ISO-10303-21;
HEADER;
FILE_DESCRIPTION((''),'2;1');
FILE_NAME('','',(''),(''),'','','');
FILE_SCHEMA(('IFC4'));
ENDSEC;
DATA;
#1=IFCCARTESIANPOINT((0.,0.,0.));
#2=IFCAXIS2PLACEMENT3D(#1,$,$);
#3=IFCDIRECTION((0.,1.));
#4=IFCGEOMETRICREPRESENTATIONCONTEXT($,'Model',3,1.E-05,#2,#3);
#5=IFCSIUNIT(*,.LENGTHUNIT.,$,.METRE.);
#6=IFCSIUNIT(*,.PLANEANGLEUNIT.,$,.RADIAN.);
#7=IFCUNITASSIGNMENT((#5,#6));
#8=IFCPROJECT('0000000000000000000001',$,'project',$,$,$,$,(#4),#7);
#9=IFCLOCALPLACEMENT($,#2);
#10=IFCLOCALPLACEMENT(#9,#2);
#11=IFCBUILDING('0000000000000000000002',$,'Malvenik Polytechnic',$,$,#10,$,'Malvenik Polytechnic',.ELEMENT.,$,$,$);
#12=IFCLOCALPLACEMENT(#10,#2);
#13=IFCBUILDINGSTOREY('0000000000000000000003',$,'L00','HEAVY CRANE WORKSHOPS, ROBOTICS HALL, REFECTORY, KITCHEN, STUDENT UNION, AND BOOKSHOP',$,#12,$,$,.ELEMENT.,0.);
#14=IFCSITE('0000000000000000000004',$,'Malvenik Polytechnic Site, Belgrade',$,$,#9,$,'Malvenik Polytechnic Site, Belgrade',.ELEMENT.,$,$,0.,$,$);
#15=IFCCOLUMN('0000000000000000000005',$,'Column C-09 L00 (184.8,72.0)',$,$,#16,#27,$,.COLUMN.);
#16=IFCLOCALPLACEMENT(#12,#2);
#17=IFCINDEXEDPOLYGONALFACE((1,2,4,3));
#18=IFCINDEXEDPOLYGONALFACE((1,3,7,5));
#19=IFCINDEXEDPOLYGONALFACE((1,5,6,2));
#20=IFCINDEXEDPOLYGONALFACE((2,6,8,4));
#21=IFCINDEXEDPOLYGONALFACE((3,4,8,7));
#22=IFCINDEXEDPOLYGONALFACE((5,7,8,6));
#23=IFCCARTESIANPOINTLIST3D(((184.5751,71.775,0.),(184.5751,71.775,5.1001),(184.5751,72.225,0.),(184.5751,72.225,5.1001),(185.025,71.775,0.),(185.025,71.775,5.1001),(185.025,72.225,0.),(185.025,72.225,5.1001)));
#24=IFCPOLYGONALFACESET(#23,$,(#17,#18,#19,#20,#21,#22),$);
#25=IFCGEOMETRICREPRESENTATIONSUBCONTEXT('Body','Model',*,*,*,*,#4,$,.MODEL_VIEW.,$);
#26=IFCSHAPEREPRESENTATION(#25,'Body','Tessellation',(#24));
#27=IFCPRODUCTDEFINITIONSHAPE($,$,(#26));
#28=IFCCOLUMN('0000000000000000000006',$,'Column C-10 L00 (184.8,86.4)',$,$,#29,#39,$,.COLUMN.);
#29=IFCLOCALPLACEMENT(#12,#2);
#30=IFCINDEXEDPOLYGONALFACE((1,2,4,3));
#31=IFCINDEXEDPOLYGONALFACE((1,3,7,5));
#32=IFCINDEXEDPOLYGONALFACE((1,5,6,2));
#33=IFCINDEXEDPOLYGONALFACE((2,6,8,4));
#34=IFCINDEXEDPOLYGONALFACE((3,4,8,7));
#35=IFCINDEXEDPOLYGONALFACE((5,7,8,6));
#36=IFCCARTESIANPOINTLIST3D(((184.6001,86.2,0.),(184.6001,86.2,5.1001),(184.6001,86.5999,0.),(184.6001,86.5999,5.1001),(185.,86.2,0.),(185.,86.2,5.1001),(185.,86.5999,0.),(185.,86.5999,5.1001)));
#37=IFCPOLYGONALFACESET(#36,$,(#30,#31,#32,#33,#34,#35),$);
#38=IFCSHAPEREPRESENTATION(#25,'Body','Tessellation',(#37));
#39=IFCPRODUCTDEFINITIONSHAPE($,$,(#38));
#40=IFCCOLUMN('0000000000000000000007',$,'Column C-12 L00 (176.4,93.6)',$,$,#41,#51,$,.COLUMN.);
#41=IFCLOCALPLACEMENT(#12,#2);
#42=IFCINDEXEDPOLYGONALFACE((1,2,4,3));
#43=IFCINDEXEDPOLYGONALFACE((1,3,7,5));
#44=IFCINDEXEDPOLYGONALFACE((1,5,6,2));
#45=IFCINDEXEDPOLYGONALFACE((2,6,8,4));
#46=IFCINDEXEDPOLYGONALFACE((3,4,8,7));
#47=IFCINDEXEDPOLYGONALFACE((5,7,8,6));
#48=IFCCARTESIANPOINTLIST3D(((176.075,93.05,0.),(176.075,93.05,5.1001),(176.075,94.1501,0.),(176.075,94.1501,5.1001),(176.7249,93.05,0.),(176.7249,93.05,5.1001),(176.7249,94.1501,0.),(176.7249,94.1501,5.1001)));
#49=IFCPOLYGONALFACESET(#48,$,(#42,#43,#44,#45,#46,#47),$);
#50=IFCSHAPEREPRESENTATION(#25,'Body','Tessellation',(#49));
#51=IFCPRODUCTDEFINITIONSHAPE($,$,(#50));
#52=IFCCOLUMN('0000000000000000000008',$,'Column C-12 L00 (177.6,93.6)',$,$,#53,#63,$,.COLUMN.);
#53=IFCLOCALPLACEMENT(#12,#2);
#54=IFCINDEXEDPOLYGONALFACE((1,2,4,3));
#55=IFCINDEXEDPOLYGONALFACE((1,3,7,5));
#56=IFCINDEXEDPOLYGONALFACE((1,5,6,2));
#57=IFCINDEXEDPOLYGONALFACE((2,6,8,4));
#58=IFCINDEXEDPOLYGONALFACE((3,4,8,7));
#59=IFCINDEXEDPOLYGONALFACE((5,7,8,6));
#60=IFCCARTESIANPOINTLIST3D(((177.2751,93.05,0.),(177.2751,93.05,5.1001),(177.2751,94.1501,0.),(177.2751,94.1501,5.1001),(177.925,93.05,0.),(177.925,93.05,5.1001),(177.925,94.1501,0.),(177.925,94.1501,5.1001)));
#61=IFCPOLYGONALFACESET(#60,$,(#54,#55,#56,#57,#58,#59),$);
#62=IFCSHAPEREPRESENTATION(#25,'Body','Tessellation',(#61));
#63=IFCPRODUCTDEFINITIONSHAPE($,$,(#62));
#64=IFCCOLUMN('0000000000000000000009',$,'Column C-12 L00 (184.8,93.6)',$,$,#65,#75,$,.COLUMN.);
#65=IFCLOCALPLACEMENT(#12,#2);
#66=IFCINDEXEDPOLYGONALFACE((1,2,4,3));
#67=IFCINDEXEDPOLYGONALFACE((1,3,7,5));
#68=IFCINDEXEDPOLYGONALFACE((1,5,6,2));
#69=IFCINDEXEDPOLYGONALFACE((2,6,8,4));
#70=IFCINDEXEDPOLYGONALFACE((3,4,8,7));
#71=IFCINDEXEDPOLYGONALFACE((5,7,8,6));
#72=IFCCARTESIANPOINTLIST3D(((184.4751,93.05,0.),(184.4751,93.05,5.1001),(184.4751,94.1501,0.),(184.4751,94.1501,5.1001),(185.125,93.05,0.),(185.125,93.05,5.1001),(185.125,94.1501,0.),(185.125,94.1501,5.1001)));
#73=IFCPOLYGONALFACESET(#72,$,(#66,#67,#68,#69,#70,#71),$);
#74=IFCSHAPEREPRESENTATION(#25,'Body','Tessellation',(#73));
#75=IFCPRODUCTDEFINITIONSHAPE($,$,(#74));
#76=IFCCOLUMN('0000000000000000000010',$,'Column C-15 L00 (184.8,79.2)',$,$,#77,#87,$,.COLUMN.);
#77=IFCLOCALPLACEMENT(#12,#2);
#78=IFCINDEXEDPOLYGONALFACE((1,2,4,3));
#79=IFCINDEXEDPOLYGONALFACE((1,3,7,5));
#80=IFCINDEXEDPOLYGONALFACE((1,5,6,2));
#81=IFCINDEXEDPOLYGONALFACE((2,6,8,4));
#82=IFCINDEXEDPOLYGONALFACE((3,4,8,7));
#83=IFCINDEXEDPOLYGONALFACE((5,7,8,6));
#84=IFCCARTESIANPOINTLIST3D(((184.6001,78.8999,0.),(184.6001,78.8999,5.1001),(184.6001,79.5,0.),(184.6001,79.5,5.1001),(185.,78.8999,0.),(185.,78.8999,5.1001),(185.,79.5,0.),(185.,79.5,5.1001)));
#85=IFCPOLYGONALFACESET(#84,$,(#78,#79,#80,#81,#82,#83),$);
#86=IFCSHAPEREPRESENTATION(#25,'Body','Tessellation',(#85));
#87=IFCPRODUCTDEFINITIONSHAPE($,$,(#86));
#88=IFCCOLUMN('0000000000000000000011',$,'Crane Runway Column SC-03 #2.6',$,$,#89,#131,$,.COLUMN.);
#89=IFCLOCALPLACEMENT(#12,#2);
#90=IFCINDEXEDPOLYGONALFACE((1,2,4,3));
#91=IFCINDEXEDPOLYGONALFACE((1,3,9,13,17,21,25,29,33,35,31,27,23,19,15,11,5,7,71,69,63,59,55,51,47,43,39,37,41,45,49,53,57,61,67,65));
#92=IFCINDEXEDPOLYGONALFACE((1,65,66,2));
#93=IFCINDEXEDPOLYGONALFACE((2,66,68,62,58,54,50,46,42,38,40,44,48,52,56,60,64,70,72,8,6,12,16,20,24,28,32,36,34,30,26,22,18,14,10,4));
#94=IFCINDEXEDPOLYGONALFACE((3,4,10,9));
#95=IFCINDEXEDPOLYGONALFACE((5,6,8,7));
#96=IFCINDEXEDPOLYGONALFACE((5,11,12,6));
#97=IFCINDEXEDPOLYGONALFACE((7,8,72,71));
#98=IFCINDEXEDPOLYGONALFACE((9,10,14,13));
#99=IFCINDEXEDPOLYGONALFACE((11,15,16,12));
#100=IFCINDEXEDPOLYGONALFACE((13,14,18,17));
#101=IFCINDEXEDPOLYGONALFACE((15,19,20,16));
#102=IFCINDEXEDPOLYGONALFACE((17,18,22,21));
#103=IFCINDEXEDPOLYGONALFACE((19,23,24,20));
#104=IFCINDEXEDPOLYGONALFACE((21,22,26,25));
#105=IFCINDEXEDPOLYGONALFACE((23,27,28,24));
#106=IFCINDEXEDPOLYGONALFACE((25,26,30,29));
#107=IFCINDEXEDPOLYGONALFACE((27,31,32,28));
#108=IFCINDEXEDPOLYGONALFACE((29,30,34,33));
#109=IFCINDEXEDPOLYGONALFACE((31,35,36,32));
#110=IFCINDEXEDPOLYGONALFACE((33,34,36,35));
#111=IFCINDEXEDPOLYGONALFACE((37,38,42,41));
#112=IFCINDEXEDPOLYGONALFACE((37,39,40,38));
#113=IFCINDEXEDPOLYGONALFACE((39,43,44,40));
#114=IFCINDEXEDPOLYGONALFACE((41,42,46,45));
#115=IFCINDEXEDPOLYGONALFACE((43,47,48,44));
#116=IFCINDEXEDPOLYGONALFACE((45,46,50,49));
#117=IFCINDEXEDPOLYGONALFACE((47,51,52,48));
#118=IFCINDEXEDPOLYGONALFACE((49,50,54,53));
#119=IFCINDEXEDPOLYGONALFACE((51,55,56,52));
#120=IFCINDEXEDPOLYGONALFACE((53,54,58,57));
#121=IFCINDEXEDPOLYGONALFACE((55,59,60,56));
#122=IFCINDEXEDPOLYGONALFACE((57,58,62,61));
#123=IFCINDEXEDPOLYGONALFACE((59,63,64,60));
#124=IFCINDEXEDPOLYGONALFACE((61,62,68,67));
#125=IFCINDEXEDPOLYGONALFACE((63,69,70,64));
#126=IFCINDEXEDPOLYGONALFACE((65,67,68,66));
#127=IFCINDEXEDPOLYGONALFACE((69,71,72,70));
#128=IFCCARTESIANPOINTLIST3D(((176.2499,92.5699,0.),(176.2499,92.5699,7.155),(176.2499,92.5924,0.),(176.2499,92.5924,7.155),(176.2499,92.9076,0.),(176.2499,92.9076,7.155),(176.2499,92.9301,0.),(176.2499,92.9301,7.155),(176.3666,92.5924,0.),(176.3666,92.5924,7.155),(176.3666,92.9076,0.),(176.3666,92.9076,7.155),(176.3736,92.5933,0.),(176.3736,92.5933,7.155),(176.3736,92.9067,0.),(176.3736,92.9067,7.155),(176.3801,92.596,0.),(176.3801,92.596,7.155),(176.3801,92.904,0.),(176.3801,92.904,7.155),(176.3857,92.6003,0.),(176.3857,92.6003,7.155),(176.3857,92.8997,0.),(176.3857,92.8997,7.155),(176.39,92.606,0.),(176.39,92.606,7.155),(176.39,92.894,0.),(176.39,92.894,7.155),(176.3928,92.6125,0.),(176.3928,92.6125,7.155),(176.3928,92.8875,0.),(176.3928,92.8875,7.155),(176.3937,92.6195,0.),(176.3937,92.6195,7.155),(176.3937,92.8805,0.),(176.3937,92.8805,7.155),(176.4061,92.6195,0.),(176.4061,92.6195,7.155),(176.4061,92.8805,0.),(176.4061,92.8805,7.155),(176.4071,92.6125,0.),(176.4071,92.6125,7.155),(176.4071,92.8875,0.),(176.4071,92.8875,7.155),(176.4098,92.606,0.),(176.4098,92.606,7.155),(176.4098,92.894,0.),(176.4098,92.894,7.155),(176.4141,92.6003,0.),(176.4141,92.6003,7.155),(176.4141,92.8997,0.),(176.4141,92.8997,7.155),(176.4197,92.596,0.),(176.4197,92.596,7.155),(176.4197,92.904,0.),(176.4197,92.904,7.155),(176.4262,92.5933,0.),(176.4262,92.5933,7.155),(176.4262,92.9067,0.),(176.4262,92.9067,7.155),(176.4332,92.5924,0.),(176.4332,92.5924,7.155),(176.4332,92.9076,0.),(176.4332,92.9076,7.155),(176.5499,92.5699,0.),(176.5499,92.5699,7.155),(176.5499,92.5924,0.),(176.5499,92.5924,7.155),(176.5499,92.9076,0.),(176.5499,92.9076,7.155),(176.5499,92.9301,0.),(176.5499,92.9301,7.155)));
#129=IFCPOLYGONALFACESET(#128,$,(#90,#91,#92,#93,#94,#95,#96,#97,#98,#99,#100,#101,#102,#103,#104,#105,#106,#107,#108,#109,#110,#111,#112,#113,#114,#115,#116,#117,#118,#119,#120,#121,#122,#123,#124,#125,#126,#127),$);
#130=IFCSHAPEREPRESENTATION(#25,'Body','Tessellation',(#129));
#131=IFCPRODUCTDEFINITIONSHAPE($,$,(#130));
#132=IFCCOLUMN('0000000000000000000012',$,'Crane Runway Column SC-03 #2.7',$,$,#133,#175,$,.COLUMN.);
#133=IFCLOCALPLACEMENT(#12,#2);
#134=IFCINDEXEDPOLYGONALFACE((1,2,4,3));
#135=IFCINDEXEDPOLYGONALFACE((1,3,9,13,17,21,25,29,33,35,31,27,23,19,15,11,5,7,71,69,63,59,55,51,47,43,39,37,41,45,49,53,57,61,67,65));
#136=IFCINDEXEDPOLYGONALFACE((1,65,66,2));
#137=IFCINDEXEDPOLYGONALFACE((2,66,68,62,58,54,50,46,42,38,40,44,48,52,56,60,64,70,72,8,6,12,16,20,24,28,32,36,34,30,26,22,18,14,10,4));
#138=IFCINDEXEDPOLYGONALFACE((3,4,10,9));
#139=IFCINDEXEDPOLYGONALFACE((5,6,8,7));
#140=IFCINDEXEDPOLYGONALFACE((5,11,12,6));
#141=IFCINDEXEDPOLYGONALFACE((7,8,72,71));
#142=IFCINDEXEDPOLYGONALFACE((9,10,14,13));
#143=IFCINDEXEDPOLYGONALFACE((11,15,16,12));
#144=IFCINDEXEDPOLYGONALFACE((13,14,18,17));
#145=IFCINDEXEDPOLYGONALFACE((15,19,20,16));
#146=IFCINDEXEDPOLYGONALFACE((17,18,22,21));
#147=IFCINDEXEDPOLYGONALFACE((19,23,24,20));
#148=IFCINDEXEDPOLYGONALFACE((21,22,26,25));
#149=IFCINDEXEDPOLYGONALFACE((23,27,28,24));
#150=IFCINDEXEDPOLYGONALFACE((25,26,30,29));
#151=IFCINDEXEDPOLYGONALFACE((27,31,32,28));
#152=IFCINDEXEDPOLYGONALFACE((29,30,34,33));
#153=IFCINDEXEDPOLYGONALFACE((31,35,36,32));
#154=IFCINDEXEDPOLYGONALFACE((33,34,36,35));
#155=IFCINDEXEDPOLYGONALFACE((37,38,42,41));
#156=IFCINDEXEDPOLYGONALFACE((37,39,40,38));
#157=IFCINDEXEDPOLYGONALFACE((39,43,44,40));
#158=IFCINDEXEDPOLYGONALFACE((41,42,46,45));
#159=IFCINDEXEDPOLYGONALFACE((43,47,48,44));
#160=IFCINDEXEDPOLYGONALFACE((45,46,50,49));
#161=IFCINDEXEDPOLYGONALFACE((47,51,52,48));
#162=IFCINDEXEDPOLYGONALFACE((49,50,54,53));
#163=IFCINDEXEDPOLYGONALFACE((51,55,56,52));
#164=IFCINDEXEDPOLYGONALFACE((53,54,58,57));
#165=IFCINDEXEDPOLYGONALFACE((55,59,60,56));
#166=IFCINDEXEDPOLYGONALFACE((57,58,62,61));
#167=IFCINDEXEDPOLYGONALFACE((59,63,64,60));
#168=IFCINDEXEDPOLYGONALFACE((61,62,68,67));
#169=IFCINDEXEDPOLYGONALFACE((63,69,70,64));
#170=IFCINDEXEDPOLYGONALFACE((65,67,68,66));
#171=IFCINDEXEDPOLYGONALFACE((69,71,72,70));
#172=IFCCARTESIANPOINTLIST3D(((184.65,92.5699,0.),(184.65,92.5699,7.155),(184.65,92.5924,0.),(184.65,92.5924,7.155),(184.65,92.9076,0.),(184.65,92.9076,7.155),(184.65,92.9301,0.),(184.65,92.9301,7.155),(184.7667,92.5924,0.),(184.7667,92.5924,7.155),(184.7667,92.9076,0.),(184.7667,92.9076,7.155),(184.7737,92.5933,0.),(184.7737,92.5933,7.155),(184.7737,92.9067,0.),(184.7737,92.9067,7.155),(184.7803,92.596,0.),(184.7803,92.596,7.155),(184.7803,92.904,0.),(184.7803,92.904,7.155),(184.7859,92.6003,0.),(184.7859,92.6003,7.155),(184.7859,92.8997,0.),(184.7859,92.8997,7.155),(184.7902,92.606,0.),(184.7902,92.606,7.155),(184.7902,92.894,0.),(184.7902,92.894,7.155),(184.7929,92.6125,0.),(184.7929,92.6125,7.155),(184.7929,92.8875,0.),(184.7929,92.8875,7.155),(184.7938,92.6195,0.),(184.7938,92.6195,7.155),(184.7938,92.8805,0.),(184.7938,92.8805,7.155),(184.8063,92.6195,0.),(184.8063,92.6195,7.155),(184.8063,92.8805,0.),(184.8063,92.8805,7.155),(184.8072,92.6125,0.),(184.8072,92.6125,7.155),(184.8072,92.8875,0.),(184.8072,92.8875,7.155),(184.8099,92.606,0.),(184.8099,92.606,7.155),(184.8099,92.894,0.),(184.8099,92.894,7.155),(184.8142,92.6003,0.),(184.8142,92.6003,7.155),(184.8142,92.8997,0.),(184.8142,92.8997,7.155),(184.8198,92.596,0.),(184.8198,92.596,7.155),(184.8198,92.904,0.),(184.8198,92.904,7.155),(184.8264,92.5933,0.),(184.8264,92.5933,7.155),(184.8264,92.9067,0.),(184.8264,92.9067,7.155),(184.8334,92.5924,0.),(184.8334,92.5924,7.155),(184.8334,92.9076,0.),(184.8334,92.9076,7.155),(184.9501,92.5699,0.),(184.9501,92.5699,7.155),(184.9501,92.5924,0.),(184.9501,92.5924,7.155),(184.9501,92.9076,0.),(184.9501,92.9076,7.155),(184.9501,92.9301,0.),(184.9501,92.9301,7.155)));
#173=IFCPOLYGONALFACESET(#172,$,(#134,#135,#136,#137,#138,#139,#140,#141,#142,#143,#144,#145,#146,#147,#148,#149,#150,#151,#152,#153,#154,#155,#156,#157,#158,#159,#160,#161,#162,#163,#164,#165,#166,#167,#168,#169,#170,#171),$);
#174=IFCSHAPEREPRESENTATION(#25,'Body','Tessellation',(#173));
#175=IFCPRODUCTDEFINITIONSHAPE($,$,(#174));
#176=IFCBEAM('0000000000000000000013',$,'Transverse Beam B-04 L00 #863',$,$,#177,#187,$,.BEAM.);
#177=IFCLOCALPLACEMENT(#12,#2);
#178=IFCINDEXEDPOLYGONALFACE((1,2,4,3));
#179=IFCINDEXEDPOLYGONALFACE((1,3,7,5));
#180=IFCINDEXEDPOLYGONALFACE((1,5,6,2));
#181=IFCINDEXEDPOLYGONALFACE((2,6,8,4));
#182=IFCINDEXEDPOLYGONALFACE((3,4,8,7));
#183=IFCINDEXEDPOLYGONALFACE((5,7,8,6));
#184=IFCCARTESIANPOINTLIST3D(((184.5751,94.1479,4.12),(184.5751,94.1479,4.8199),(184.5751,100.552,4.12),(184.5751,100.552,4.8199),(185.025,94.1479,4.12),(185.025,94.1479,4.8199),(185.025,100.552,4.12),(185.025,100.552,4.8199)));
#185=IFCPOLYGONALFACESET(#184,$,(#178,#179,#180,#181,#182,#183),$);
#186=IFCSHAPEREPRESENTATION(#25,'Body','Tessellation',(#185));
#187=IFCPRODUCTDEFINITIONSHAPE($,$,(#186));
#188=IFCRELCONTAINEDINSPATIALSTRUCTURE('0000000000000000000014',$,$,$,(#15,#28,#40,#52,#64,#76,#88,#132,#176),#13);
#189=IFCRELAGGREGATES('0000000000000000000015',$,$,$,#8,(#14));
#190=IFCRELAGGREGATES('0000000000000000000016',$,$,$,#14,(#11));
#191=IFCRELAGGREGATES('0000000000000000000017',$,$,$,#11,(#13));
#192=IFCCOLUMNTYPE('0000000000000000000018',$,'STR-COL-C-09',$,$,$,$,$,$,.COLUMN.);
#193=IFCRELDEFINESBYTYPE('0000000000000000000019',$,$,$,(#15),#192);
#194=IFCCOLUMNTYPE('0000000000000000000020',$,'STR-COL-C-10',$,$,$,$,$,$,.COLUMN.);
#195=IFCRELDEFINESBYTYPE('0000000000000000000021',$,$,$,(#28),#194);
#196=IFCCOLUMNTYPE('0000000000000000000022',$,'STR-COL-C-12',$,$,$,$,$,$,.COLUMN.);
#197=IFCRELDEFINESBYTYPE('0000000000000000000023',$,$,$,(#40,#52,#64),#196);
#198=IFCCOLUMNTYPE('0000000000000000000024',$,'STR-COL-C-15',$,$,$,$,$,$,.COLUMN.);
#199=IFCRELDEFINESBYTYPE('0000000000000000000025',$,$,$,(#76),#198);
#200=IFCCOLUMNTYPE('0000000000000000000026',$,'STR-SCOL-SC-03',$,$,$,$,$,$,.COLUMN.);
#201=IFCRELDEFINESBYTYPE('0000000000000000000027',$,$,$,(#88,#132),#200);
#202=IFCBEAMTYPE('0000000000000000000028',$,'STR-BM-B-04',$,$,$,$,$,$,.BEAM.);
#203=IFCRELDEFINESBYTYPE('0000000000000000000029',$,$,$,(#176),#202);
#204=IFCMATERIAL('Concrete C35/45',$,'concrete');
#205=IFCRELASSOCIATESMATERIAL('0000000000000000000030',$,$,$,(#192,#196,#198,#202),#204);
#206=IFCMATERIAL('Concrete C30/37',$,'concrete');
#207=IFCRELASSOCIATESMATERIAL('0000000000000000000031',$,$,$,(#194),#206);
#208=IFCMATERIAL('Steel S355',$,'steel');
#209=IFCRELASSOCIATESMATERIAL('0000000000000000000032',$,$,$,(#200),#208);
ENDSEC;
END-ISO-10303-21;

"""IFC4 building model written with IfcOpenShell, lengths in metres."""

from ifc_helpers import new_model, si_unit, direction, frame, origin, origin_2d, place, context, subcontext, project, spatial, rectangle, i_section, extrude, material, material_profile, profile_set, type_object, element, save


model = new_model("IFC4")

# Units and contexts
model_context = context("Model", 3, precision=1e-05, world=origin(), true_north=direction((0.0, 1.0)))
body_context = subcontext(model_context, "Body", "Model", "MODEL_VIEW")
ifc_project = project(units=[si_unit("LENGTHUNIT", "METRE"), si_unit("PLANEANGLEUNIT", "RADIAN")], contexts=[model_context])

# Site, building, storey
site_placement = place(None, origin())
site = spatial("IfcSite", under=ifc_project, at=site_placement, Name="Malvenik Polytechnic Site, Belgrade", LongName="Malvenik Polytechnic Site, Belgrade", CompositionType="ELEMENT", RefElevation=0.0)
building_placement = place(site_placement, origin())
building = spatial("IfcBuilding", under=site, at=building_placement, Name="Malvenik Polytechnic", LongName="Malvenik Polytechnic", CompositionType="ELEMENT")
storey_placement = place(building_placement, origin())
storey = spatial("IfcBuildingStorey", under=building, at=storey_placement, Name="L00", Description="HEAVY CRANE WORKSHOPS, ROBOTICS HALL, REFECTORY, KITCHEN, STUDENT UNION, AND BOOKSHOP", CompositionType="ELEMENT", Elevation=0.0)

# Columns
ifc_material_1 = material(Name="Concrete C35/45", Category="concrete")
ifc_material_profile_1 = material_profile(ifc_material_1, rectangle(XDim=0.45, YDim=0.45, at=origin_2d()), Name="RC COL 450x450")
ifc_profile_set_1 = profile_set([ifc_material_profile_1], Name="Concrete C35/45")
column_type_1 = type_object("IfcColumnType", Name="STR-COL-C-09", PredefinedType="COLUMN", material=ifc_profile_set_1)
column_1_placement = place(storey_placement, frame((184.8, 72.0, 0.0), z_axis=(0.0, 0.0, 1.0), x_axis=(1.0, 0.0, 0.0)))
element("IfcColumn", 1, at=column_1_placement, inside=storey, type_object=column_type_1, Name="Column C-09 L00 (184.8,72.0)", PredefinedType="COLUMN", context=body_context, shape_type="SweptSolid", body=[
    extrude(rectangle(XDim=0.45, YDim=0.45, at=origin_2d()), origin(), (0.0, 0.0, 1.0), 5.1001),
])
ifc_material_2 = material(Name="Concrete C30/37", Category="concrete")
ifc_material_profile_2 = material_profile(ifc_material_2, rectangle(XDim=0.3999, YDim=0.3999, at=origin_2d()), Name="RC COL 400x400")
ifc_profile_set_2 = profile_set([ifc_material_profile_2], Name="Concrete C30/37")
column_type_2 = type_object("IfcColumnType", Name="STR-COL-C-10", PredefinedType="COLUMN", material=ifc_profile_set_2)
column_2_placement = place(storey_placement, frame((184.8, 86.3999, 0.0), z_axis=(0.0, 0.0, 1.0), x_axis=(1.0, 0.0, 0.0)))
element("IfcColumn", 2, at=column_2_placement, inside=storey, type_object=column_type_2, Name="Column C-10 L00 (184.8,86.4)", PredefinedType="COLUMN", context=body_context, shape_type="SweptSolid", body=[
    extrude(rectangle(XDim=0.3999, YDim=0.3999, at=origin_2d()), origin(), (0.0, 0.0, 1.0), 5.1001),
])
ifc_material_profile_3 = material_profile(ifc_material_1, rectangle(XDim=0.6499, YDim=1.1001, at=origin_2d()), Name="RC COL 1100x650")
ifc_profile_set_3 = profile_set([ifc_material_profile_3], Name="Concrete C35/45")
column_type_3 = type_object("IfcColumnType", Name="STR-COL-C-12", PredefinedType="COLUMN", material=ifc_profile_set_3)
for number, where, z_axis, x_axis, name in (
    (3, (176.3999, 93.6001, 0.0), (0.0, 0.0, 1.0), (1.0, 0.0, 0.0), "Column C-12 L00 (176.4,93.6)"),
    (4, (177.6001, 93.6001, 0.0), (0.0, 0.0, 1.0), (1.0, 0.0, 0.0), "Column C-12 L00 (177.6,93.6)"),
    (5, (184.8, 93.6001, 0.0), (0.0, 0.0, 1.0), (1.0, 0.0, 0.0), "Column C-12 L00 (184.8,93.6)"),
):
    element("IfcColumn", number, at=place(storey_placement, frame(where, z_axis=z_axis, x_axis=x_axis)), inside=storey, type_object=column_type_3, Name=name, PredefinedType="COLUMN", context=body_context, shape_type="SweptSolid", body=[
        extrude(rectangle(XDim=0.6499, YDim=1.1001, at=origin_2d()), origin(), (0.0, 0.0, 1.0), 5.1001),
    ])
ifc_material_profile_4 = material_profile(ifc_material_1, rectangle(XDim=0.3999, YDim=0.6001, at=origin_2d()), Name="RC COL 600x400")
ifc_profile_set_4 = profile_set([ifc_material_profile_4], Name="Concrete C35/45")
column_type_4 = type_object("IfcColumnType", Name="STR-COL-C-15", PredefinedType="COLUMN", material=ifc_profile_set_4)
column_3_placement = place(storey_placement, frame((184.8, 79.2, 0.0), z_axis=(0.0, 0.0, 1.0), x_axis=(1.0, 0.0, 0.0)))
element("IfcColumn", 6, at=column_3_placement, inside=storey, type_object=column_type_4, Name="Column C-15 L00 (184.8,79.2)", PredefinedType="COLUMN", context=body_context, shape_type="SweptSolid", body=[
    extrude(rectangle(XDim=0.3999, YDim=0.6001, at=origin_2d()), origin(), (0.0, 0.0, 1.0), 5.1001),
])
ifc_material_3 = material(Name="Steel S355", Category="steel")
ifc_material_profile_5 = material_profile(ifc_material_3, i_section(OverallWidth=0.3, OverallDepth=0.3601, WebThickness=0.0125, FlangeThickness=0.0225, FilletRadius=0.0271, at=origin_2d()), Name="HEB 360")
ifc_profile_set_5 = profile_set([ifc_material_profile_5], Name="Steel S355")
column_type_5 = type_object("IfcColumnType", Name="STR-SCOL-SC-03", PredefinedType="COLUMN", material=ifc_profile_set_5)
for number, where, z_axis, x_axis, name in (
    (7, (176.3999, 92.75, 0.0), (0.0, 0.0, 1.0), (1.0, 0.0, 0.0), "Crane Runway Column SC-03 #2.6"),
    (8, (184.8, 92.75, 0.0), (0.0, 0.0, 1.0), (1.0, 0.0, 0.0), "Crane Runway Column SC-03 #2.7"),
):
    element("IfcColumn", number, at=place(storey_placement, frame(where, z_axis=z_axis, x_axis=x_axis)), inside=storey, type_object=column_type_5, Name=name, PredefinedType="COLUMN", context=body_context, shape_type="SweptSolid", body=[
        extrude(i_section(OverallWidth=0.3, OverallDepth=0.3601, WebThickness=0.0125, FlangeThickness=0.0225, FilletRadius=0.0271, at=origin_2d()), origin(), (0.0, 0.0, 1.0), 7.155),
    ])

# Beam
ifc_material_profile_6 = material_profile(ifc_material_1, rectangle(XDim=0.45, YDim=0.7, at=origin_2d()), Name="RC BM 450x700")
ifc_profile_set_6 = profile_set([ifc_material_profile_6], Name="Concrete C35/45")
beam_type_1 = type_object("IfcBeamType", Name="STR-BM-B-04", PredefinedType="BEAM", material=ifc_profile_set_6)
beam_1_placement = place(storey_placement, frame((184.8, 94.1479, 4.47), z_axis=(0.0, 1.0, 0.0), x_axis=(-1.0, 0.0, 0.0)))
element("IfcBeam", 9, at=beam_1_placement, inside=storey, type_object=beam_type_1, Name="Transverse Beam B-04 L00 #863", PredefinedType="BEAM", context=body_context, shape_type="SweptSolid", body=[
    extrude(rectangle(XDim=0.45, YDim=0.7, at=origin_2d()), origin(), (0.0, 0.0, 1.0), 6.4041),
])

save(model, "model.ifc")
